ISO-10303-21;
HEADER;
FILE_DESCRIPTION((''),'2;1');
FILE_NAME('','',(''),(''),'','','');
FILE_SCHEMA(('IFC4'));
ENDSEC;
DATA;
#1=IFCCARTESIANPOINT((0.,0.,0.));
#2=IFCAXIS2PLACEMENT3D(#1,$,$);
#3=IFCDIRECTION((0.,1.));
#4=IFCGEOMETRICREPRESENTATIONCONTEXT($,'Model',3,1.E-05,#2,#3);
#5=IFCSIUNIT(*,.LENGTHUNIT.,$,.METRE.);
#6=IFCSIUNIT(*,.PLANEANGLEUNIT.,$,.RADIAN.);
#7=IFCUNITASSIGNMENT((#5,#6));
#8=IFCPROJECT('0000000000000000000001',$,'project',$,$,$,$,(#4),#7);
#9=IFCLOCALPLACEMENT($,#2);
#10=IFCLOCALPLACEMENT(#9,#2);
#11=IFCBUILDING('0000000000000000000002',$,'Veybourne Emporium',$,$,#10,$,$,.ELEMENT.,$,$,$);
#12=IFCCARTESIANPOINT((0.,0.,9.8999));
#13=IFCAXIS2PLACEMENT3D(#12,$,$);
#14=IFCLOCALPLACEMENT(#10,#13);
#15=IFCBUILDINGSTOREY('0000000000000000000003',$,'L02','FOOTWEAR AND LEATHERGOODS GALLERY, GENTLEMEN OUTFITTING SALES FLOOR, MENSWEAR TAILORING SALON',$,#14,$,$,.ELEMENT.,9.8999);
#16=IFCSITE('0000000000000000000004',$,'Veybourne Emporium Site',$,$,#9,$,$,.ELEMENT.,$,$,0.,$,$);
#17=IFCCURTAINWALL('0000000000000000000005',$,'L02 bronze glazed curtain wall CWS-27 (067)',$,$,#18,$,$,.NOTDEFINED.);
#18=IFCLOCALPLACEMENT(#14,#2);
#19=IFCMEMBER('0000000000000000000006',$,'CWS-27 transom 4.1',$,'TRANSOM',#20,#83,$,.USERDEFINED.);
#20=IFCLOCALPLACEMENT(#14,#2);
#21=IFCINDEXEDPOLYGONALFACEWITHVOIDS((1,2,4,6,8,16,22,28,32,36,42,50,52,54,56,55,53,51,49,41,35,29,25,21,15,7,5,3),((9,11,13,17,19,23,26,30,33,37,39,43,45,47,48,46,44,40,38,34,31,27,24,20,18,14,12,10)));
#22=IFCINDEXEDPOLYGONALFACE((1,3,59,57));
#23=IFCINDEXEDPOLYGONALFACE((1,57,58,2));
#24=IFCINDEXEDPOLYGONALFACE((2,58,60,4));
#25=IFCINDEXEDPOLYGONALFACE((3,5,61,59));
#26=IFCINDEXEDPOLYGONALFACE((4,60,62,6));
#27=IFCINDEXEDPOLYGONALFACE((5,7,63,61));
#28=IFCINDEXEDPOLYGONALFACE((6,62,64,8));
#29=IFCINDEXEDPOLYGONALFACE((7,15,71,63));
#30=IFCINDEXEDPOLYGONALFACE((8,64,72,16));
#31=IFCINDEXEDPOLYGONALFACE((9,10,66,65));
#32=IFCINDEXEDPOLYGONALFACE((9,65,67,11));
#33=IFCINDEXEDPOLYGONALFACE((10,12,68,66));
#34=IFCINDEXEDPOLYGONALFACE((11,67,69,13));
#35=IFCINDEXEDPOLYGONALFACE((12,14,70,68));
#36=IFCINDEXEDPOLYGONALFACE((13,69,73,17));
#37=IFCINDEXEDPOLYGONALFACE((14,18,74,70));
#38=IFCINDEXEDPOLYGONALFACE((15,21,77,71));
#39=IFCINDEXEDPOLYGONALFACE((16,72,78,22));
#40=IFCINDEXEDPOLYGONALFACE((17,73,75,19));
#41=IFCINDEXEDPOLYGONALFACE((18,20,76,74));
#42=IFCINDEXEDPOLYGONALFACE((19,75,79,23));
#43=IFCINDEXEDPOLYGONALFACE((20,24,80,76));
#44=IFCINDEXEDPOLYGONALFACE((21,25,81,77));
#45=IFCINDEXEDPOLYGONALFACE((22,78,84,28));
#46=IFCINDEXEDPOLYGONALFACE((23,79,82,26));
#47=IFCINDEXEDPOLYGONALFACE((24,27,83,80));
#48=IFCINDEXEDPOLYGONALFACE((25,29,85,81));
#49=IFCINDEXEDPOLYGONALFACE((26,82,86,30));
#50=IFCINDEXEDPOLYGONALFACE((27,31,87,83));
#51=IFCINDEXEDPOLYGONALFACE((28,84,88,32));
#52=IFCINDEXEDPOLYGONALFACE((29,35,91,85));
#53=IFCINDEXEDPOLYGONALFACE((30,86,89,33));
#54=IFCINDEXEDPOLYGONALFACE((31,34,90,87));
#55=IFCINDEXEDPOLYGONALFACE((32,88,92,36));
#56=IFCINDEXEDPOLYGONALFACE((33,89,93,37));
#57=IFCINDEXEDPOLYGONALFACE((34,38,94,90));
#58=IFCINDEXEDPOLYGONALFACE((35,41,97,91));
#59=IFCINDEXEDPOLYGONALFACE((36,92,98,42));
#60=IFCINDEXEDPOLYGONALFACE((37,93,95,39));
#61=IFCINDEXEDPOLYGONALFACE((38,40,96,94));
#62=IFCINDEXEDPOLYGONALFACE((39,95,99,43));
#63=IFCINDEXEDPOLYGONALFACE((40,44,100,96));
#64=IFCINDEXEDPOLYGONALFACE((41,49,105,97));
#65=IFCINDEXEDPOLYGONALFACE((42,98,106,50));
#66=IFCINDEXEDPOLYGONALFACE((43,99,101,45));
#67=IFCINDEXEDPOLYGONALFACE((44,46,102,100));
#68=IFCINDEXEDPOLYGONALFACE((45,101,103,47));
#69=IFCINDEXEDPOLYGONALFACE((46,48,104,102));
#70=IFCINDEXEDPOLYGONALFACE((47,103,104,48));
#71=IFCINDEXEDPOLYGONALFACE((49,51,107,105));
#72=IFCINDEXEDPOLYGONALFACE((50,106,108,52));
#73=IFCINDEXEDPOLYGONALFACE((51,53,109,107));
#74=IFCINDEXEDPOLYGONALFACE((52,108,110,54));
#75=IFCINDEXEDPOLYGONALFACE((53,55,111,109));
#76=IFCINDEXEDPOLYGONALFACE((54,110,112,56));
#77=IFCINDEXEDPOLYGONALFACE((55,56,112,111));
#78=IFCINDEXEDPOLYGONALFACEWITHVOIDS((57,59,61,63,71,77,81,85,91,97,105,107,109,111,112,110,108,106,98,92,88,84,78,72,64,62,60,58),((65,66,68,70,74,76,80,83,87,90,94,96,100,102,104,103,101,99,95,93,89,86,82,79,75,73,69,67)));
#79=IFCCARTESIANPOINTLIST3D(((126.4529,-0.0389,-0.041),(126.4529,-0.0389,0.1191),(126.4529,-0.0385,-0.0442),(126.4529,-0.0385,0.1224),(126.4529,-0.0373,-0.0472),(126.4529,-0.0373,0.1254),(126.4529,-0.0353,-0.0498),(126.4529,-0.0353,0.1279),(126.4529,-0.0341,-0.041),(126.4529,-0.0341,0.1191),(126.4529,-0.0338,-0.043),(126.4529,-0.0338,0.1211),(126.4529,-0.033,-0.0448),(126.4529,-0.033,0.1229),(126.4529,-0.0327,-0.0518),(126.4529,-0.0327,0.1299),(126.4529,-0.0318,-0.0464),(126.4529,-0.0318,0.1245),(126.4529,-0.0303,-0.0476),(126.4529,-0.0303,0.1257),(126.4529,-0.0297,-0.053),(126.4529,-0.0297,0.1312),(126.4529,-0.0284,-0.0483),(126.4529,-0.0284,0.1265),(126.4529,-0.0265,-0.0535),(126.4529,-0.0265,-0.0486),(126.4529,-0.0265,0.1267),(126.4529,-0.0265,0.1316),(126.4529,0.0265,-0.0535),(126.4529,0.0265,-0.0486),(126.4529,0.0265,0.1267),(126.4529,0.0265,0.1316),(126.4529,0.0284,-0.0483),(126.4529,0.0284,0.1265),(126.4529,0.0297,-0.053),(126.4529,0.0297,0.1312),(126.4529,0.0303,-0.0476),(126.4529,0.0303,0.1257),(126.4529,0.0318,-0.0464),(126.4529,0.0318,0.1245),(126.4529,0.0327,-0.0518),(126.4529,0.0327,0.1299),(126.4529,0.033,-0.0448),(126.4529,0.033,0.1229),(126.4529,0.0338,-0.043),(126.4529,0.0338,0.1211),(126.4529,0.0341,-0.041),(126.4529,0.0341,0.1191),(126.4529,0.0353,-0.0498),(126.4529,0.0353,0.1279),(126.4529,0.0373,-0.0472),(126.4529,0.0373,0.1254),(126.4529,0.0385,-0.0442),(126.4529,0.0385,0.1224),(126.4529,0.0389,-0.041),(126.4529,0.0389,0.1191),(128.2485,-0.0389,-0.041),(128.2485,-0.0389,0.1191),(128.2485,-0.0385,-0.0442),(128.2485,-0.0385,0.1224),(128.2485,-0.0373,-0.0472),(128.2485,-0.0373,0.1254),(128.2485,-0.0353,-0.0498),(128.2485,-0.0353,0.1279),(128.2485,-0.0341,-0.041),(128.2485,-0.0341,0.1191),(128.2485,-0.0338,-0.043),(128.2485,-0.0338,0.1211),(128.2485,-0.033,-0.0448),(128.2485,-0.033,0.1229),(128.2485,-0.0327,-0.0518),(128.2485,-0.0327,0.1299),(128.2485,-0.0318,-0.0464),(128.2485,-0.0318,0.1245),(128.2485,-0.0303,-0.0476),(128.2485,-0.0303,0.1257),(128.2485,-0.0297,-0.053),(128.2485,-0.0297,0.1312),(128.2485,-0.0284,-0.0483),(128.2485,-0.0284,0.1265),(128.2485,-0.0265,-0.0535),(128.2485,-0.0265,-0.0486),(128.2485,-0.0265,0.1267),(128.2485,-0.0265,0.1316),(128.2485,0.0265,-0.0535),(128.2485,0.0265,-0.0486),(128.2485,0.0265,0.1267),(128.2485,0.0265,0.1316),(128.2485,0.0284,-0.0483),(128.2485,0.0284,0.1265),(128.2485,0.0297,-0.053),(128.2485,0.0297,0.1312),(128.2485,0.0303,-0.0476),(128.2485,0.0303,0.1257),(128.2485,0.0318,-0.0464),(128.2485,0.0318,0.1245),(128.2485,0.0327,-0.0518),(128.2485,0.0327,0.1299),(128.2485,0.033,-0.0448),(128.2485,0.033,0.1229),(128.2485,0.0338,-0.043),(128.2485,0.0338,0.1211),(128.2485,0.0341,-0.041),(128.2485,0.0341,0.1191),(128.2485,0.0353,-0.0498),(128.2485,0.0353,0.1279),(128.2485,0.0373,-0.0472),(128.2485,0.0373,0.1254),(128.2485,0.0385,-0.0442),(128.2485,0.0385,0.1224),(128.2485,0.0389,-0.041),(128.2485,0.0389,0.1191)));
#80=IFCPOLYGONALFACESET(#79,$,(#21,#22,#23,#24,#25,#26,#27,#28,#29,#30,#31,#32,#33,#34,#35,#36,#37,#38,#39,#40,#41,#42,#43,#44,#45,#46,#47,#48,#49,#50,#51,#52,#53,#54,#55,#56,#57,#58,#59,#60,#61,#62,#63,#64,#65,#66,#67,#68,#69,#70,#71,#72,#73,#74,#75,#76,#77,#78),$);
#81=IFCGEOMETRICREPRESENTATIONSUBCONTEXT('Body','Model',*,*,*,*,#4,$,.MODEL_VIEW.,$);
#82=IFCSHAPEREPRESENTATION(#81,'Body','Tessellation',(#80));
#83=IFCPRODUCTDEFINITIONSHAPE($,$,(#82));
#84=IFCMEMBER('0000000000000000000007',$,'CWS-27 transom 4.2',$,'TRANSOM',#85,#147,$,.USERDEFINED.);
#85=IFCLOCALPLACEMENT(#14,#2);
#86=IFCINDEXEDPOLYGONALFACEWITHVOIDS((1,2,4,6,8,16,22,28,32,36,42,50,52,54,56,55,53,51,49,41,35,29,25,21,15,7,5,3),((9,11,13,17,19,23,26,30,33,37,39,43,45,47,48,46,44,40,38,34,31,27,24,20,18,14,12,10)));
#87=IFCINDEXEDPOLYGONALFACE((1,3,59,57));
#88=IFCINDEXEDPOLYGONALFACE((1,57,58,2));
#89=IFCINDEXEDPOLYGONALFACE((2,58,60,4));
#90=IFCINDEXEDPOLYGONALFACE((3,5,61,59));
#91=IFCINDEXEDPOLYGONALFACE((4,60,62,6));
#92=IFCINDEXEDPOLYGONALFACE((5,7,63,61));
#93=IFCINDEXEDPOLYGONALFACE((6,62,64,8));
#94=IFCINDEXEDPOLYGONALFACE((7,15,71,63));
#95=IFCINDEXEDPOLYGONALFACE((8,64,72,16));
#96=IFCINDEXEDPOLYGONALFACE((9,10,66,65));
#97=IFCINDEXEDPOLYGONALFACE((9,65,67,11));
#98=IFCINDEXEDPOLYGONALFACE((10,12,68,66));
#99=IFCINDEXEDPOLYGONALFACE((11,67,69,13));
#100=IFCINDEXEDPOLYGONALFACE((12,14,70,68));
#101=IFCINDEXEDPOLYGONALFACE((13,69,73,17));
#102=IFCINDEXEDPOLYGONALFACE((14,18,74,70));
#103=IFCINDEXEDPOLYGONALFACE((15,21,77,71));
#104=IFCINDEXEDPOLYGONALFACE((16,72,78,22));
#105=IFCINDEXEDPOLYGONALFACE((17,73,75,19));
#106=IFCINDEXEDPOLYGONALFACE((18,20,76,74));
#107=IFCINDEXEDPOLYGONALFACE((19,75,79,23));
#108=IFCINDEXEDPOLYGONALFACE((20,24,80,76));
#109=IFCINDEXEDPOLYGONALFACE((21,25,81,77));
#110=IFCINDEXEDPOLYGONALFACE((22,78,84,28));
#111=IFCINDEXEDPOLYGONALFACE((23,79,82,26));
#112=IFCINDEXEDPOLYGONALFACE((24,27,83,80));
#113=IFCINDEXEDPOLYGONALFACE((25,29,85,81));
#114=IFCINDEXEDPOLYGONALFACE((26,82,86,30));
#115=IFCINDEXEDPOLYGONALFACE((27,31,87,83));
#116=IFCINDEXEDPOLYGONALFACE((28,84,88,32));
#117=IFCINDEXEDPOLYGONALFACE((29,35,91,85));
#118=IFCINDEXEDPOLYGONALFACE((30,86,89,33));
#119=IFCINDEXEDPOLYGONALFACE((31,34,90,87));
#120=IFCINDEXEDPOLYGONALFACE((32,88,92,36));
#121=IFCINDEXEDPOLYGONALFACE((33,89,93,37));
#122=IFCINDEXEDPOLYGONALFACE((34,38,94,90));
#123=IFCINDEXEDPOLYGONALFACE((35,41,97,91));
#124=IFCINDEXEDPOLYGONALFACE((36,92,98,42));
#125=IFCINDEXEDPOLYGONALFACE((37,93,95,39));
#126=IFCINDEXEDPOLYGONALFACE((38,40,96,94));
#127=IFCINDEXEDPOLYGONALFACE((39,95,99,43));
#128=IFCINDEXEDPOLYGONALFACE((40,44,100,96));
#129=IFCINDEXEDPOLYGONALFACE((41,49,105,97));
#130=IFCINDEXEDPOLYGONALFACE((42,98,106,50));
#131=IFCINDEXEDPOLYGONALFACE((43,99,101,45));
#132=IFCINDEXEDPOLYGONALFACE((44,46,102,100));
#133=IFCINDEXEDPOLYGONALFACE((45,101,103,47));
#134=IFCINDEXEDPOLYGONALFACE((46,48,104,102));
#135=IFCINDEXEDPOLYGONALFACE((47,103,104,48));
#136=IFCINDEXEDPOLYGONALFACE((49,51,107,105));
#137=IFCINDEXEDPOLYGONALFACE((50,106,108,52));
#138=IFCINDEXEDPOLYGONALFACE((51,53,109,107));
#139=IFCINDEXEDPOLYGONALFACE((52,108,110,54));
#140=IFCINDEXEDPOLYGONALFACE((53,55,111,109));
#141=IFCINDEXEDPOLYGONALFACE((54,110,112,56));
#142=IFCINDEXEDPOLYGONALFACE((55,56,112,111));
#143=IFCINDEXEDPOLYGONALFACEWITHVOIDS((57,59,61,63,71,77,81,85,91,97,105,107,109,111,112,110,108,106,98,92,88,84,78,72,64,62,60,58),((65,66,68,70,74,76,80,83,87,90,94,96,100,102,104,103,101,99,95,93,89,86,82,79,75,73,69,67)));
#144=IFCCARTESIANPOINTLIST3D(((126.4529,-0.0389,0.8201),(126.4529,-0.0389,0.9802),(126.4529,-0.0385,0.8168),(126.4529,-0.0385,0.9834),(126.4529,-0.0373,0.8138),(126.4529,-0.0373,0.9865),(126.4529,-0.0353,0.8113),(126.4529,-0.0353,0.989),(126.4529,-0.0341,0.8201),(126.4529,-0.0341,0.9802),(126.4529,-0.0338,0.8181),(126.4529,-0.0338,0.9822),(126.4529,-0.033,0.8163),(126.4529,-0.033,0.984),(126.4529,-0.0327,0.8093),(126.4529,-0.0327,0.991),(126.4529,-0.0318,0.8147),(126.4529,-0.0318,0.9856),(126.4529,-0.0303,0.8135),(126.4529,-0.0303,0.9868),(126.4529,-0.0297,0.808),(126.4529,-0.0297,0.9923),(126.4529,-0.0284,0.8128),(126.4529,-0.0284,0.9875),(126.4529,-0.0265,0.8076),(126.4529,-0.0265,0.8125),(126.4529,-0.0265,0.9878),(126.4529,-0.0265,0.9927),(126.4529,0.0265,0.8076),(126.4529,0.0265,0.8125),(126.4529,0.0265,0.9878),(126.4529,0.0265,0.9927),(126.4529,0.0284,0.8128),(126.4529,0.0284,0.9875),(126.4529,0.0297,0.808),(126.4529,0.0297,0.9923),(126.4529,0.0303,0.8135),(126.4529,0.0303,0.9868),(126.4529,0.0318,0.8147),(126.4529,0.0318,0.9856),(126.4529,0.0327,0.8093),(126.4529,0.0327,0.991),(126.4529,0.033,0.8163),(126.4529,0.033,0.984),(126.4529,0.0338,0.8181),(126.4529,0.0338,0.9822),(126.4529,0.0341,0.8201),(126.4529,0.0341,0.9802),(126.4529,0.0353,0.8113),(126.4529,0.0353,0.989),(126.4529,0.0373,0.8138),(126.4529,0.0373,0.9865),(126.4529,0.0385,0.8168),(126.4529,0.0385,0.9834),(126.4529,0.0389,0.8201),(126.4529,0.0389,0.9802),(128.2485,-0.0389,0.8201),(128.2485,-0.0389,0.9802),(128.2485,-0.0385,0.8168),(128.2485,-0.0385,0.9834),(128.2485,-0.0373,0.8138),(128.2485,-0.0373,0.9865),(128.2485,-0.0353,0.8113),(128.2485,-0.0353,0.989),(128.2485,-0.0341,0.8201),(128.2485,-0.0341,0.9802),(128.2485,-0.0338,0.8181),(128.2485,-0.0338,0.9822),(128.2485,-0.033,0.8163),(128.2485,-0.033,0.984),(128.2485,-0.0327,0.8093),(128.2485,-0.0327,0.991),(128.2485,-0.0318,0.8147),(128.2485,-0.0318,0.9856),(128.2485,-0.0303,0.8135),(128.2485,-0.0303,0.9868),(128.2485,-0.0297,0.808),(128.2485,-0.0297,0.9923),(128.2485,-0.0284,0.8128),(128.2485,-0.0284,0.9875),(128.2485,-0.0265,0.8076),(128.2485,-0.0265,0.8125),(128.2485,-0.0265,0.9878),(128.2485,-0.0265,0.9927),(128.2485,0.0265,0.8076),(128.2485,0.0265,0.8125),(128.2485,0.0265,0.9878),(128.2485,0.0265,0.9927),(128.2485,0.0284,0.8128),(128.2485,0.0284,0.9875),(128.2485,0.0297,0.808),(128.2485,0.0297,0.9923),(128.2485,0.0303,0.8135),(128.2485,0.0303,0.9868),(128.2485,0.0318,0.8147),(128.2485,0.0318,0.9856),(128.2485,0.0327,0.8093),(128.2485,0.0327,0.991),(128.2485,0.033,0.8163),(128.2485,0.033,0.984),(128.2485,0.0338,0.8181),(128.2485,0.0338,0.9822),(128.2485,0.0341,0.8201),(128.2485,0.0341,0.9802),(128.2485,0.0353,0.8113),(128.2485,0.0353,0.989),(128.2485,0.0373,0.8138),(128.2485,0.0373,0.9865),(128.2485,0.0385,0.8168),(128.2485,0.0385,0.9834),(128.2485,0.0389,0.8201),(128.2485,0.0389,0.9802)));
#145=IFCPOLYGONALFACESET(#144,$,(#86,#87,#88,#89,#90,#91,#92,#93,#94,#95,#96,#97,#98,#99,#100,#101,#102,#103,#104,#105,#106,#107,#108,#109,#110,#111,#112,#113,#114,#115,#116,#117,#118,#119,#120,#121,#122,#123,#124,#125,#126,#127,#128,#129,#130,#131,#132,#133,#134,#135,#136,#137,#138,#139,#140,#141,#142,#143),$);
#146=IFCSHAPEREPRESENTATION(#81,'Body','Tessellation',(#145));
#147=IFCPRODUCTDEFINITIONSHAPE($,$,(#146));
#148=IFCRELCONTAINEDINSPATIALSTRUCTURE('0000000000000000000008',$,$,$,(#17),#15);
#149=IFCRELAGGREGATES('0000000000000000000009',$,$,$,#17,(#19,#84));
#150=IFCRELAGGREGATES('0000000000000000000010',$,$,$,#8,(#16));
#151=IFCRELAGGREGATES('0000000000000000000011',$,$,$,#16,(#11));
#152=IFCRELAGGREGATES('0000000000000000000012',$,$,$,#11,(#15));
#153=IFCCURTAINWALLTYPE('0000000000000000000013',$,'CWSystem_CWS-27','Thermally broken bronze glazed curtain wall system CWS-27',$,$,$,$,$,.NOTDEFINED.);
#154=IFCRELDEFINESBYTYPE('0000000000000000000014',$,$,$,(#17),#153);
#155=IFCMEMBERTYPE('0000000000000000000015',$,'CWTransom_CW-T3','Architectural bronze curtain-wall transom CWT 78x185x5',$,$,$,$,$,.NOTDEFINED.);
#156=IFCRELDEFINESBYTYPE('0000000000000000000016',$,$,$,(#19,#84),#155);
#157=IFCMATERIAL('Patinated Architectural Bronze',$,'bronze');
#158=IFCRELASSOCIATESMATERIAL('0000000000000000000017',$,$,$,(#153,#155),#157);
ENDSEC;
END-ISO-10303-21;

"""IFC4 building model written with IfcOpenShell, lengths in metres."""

from ifc_helpers import new_model, si_unit, direction, frame, origin, origin_2d, place, context, subcontext, project, spatial, hollow_rectangle, extrude, material, material_profile, profile_set, type_object, element, aggregate, save


model = new_model("IFC4")

# Units and contexts
model_context = context("Model", 3, precision=1e-05, world=origin(), true_north=direction((0.0, 1.0)))
body_context = subcontext(model_context, "Body", "Model", "MODEL_VIEW")
ifc_project = project(units=[si_unit("LENGTHUNIT", "METRE"), si_unit("PLANEANGLEUNIT", "RADIAN")], contexts=[model_context])

# Site, building, storey
site_placement = place(None, origin())
site = spatial("IfcSite", under=ifc_project, at=site_placement, Name="Veybourne Emporium Site", CompositionType="ELEMENT", RefElevation=0.0)
building_placement = place(site_placement, origin())
building = spatial("IfcBuilding", under=site, at=building_placement, Name="Veybourne Emporium", CompositionType="ELEMENT")
storey_placement = place(building_placement, frame((0.0, 0.0, 9.8999)))
storey = spatial("IfcBuildingStorey", under=building, at=storey_placement, Name="L02", Description="FOOTWEAR AND LEATHERGOODS GALLERY, GENTLEMEN OUTFITTING SALES FLOOR, MENSWEAR TAILORING SALON", CompositionType="ELEMENT", Elevation=9.8999)

# Curtain wall, members
ifc_material_1 = material(Name="Patinated Architectural Bronze", Category="bronze")
curtain_wall_type = type_object("IfcCurtainWallType", Name="CWSystem_CWS-27", Description="Thermally broken bronze glazed curtain wall system CWS-27", PredefinedType="NOTDEFINED", material=ifc_material_1)
curtain_wall_placement = place(storey_placement, origin())
curtain_wall = element("IfcCurtainWall", 1, at=curtain_wall_placement, inside=storey, type_object=curtain_wall_type, Name="L02 bronze glazed curtain wall CWS-27 (067)", PredefinedType="NOTDEFINED")
ifc_material_profile_1 = material_profile(ifc_material_1, hollow_rectangle(XDim=0.0779, YDim=0.1851, WallThickness=0.0049, InnerFilletRadius=0.0076, OuterFilletRadius=0.0125, at=origin_2d()), Name="CWT 78x185x5")
ifc_profile_set_1 = profile_set([ifc_material_profile_1], Name="Patinated Architectural Bronze")
member_type_1 = type_object("IfcMemberType", Name="CWTransom_CW-T3", Description="Architectural bronze curtain-wall transom CWT 78x185x5", PredefinedType="NOTDEFINED", material=ifc_profile_set_1)
member_1_placement = place(storey_placement, frame((128.2485, 0.0, 0.0391), z_axis=(-1.0, 0.0, 0.0), x_axis=(0.0, -1.0, 0.0)))
member_1 = element("IfcMember", 2, at=member_1_placement, type_object=member_type_1, Name="CWS-27 transom 4.1", ObjectType="TRANSOM", PredefinedType="USERDEFINED", context=body_context, shape_type="SweptSolid", body=[
    extrude(hollow_rectangle(XDim=0.0779, YDim=0.1851, WallThickness=0.0049, InnerFilletRadius=0.0076, OuterFilletRadius=0.0125, at=origin_2d()), origin(), (0.0, 0.0, 1.0), 1.7957),
])
member_2_placement = place(storey_placement, frame((128.2485, 0.0, 0.9001), z_axis=(-1.0, 0.0, 0.0), x_axis=(0.0, -1.0, 0.0)))
member_2 = element("IfcMember", 3, at=member_2_placement, type_object=member_type_1, Name="CWS-27 transom 4.2", ObjectType="TRANSOM", PredefinedType="USERDEFINED", context=body_context, shape_type="SweptSolid", body=[
    extrude(hollow_rectangle(XDim=0.0779, YDim=0.1851, WallThickness=0.0049, InnerFilletRadius=0.0076, OuterFilletRadius=0.0125, at=origin_2d()), origin(), (0.0, 0.0, 1.0), 1.7957),
])

aggregate(curtain_wall, [member_1, member_2])

save(model, "model.ifc")
